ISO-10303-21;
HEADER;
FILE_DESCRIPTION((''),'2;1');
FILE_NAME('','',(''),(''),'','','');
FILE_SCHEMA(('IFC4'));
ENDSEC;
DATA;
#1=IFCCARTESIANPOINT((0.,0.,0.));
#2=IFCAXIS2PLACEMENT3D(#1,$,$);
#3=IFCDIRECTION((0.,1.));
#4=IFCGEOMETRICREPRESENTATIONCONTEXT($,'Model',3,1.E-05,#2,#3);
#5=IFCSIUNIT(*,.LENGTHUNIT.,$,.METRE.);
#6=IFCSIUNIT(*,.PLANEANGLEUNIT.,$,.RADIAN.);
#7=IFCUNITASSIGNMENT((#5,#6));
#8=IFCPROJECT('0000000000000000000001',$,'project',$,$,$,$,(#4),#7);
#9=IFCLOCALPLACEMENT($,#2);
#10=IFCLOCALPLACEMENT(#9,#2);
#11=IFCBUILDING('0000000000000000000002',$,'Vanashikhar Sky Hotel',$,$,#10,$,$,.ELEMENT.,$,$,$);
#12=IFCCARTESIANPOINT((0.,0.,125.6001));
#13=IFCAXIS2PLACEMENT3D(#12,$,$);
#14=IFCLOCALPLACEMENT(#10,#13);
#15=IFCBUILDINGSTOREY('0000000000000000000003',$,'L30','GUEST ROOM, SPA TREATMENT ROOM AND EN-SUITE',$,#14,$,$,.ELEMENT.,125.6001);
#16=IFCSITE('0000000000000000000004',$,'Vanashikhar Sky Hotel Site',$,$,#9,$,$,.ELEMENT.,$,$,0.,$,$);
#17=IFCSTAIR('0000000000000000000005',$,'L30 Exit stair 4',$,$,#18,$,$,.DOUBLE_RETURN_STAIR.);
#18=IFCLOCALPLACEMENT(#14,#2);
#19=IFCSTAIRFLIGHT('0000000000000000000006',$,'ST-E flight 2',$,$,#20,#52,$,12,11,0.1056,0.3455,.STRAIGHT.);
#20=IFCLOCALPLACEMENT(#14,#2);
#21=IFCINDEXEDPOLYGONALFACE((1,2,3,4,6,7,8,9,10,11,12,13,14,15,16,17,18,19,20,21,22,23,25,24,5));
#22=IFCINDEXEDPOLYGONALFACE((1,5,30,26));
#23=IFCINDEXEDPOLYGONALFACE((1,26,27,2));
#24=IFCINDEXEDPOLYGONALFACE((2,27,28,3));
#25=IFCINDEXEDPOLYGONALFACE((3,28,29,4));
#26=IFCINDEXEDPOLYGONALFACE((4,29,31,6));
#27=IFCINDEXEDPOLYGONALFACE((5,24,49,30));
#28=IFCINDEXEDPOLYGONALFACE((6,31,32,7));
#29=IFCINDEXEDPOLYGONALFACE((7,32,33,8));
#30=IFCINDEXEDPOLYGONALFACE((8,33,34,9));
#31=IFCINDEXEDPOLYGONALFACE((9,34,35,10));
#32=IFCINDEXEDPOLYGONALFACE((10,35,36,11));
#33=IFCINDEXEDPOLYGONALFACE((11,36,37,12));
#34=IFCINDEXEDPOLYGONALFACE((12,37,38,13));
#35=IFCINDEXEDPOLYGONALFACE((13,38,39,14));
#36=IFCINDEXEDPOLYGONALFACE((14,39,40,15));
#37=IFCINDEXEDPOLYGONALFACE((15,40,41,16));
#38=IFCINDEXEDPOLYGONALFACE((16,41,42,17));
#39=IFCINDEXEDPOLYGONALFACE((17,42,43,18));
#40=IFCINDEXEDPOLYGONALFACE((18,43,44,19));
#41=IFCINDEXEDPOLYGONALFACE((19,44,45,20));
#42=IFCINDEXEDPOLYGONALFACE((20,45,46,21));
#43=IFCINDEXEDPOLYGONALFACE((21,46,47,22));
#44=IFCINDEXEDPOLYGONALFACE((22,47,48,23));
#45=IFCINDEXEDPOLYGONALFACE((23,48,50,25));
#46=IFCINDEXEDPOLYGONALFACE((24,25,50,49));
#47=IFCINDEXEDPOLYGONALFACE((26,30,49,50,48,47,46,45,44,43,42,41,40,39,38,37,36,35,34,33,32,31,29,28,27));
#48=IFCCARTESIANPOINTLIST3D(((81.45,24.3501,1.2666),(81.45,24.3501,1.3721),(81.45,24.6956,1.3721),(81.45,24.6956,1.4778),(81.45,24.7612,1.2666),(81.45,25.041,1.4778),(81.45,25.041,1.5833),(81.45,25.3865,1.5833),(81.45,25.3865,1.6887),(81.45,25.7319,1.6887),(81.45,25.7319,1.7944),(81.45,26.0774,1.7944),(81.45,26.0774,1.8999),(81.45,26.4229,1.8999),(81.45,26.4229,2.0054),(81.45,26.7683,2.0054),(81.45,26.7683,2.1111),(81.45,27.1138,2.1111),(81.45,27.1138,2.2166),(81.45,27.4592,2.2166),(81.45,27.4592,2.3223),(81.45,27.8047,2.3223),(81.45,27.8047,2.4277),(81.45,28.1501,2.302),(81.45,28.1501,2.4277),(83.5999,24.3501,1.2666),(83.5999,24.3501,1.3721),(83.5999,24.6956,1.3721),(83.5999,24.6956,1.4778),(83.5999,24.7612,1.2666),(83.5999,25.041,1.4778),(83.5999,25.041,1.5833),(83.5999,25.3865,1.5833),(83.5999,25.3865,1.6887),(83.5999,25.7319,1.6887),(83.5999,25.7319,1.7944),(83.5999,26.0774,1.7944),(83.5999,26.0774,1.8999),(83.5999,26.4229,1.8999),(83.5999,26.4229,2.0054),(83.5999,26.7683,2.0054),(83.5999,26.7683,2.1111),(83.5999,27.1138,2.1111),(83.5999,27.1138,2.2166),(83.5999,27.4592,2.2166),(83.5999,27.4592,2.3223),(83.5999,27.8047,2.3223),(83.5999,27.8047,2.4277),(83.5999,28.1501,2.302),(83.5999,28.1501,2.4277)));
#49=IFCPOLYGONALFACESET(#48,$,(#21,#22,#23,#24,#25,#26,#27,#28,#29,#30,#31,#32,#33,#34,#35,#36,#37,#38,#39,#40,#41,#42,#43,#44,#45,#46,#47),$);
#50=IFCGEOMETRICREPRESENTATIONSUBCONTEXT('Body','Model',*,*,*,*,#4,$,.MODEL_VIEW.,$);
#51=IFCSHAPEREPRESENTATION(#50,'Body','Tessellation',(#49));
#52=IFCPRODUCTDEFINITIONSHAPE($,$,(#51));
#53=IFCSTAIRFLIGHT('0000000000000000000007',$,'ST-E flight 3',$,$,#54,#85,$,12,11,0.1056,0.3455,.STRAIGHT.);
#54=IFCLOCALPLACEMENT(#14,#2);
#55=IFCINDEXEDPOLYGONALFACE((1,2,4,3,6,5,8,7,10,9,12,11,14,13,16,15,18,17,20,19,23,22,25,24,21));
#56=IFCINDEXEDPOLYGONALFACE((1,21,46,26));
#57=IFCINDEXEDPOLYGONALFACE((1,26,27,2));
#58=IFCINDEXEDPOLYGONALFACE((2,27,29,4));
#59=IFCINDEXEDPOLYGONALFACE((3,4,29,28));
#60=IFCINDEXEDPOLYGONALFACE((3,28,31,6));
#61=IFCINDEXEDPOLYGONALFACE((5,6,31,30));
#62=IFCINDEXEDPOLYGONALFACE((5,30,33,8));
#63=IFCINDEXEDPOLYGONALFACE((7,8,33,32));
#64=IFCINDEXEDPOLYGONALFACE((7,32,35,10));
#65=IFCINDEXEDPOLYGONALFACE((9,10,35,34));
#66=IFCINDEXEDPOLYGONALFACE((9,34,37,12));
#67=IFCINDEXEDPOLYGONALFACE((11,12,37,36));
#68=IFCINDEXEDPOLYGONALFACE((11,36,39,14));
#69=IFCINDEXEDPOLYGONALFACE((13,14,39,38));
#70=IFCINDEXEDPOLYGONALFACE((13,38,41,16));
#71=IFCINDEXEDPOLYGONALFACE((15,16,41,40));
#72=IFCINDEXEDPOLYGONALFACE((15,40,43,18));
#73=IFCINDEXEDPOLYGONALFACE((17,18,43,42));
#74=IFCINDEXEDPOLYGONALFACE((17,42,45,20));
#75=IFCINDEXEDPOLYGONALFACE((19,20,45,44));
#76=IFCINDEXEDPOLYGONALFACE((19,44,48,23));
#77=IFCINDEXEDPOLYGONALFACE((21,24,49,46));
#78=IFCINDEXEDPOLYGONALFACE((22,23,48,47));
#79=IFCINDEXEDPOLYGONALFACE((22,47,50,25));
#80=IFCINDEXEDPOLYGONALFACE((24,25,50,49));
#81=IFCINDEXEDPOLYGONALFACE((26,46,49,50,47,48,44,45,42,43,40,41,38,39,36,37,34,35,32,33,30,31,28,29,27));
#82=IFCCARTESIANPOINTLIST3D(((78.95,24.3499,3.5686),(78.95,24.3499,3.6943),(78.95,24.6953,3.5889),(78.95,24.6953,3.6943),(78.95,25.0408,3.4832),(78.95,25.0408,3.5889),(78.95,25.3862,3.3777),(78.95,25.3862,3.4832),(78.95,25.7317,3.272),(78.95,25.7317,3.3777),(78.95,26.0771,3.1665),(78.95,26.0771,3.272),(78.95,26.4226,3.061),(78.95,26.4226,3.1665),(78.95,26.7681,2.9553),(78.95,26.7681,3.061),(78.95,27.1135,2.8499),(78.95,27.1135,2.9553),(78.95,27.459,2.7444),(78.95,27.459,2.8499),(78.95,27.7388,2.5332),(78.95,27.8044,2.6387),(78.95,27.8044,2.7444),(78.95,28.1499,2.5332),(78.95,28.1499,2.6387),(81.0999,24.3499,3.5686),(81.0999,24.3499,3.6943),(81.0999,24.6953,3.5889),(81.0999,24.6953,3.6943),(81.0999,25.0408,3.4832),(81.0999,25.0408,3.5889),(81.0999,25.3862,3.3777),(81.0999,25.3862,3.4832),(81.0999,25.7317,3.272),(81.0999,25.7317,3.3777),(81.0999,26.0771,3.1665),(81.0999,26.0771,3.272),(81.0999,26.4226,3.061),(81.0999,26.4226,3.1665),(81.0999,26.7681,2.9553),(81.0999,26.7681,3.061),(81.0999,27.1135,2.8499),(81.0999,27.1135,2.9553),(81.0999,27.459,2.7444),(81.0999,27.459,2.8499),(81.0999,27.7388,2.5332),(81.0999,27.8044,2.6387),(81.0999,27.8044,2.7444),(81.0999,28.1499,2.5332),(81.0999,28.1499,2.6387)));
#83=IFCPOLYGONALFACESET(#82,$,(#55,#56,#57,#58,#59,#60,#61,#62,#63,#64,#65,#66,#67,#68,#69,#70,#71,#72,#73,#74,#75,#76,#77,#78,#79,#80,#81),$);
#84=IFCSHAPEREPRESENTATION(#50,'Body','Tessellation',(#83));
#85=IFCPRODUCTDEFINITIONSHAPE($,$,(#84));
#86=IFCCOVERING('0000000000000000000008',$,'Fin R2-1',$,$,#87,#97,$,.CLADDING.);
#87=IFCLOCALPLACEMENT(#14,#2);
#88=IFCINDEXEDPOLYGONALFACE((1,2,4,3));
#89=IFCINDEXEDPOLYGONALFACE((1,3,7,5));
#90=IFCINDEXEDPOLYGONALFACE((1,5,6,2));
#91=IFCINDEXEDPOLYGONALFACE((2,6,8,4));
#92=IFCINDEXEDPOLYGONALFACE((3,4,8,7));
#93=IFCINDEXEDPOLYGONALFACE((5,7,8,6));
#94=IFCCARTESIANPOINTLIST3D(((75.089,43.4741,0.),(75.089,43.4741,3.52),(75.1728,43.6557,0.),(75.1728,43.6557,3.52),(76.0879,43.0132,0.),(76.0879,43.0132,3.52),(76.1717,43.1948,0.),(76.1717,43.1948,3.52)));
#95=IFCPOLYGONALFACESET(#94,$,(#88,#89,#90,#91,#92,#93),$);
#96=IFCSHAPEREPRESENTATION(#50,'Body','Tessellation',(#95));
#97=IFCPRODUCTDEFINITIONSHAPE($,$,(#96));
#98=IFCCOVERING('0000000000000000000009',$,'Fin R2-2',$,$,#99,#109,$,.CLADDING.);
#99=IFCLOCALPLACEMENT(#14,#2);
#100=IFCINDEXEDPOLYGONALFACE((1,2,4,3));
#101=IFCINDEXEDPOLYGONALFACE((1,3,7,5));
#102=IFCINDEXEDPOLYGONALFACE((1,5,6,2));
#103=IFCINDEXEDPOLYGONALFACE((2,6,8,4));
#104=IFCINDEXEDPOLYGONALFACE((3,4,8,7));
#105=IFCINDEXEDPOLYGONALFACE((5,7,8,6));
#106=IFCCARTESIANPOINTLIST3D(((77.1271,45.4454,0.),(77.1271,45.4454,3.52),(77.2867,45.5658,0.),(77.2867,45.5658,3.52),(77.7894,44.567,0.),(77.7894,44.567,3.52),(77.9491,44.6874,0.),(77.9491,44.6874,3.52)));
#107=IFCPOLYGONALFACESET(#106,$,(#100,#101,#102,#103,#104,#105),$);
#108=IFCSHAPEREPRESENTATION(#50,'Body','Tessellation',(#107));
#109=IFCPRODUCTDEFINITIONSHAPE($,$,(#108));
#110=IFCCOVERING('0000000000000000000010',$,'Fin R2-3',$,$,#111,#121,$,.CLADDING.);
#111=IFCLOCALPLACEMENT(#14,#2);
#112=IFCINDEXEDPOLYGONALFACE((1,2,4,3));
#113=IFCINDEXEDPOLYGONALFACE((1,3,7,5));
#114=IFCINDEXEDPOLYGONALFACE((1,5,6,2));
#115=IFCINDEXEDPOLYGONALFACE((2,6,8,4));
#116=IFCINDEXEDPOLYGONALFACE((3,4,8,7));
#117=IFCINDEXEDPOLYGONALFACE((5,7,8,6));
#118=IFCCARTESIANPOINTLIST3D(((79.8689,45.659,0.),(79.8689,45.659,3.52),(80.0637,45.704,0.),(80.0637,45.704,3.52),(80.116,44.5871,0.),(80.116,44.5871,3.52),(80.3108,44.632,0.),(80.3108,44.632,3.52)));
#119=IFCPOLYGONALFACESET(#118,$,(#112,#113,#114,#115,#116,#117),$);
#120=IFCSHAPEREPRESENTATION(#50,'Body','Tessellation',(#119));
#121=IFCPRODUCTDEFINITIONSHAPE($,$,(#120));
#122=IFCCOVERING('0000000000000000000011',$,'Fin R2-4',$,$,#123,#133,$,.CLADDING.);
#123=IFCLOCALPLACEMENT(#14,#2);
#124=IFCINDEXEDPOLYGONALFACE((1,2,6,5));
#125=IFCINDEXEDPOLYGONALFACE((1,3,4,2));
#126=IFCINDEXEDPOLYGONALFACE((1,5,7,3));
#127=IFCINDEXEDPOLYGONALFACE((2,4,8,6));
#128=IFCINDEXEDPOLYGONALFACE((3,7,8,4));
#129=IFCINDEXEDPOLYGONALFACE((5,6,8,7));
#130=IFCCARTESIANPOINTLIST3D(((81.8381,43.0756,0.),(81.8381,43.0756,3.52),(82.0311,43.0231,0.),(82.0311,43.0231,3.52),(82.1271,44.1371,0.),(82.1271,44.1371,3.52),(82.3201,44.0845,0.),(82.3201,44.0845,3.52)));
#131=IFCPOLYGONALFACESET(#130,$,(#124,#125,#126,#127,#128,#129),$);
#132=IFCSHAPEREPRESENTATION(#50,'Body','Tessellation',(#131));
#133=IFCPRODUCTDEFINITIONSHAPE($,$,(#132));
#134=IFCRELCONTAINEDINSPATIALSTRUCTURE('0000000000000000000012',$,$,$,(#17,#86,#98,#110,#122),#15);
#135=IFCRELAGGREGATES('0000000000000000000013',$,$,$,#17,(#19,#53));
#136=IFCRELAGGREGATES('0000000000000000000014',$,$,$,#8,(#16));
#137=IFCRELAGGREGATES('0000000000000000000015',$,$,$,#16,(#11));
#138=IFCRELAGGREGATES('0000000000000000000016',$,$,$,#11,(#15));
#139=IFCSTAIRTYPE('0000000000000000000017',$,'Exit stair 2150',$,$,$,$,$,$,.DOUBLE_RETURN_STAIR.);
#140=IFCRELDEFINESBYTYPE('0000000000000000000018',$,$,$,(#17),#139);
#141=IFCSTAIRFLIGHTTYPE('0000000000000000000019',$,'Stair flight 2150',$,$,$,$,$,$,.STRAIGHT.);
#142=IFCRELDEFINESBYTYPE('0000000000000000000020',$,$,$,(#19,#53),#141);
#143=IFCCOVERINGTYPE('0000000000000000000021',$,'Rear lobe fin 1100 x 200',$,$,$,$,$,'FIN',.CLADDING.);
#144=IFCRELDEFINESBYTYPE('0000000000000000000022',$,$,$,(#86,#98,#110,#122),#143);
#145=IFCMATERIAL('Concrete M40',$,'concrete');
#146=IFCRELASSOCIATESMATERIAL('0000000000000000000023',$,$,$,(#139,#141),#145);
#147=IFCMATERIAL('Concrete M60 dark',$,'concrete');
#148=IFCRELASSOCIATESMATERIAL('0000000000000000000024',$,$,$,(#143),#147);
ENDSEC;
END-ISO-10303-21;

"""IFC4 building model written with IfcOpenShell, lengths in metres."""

from ifc_helpers import new_model, si_unit, direction, frame, origin, origin_2d, place, context, subcontext, project, spatial, polyline, rectangle, outline, extrude, source, transform, mapped, material, material_profile, profile_set, type_object, element, aggregate, save


model = new_model("IFC4")

# Units and contexts
model_context = context("Model", 3, precision=1e-05, world=origin(), true_north=direction((0.0, 1.0)))
body_context = subcontext(model_context, "Body", "Model", "MODEL_VIEW")
ifc_project = project(units=[si_unit("LENGTHUNIT", "METRE"), si_unit("PLANEANGLEUNIT", "RADIAN")], contexts=[model_context])

# Site, building, storey
site_placement = place(None, origin())
site = spatial("IfcSite", under=ifc_project, at=site_placement, Name="Vanashikhar Sky Hotel Site", CompositionType="ELEMENT", RefElevation=0.0)
building_placement = place(site_placement, origin())
building = spatial("IfcBuilding", under=site, at=building_placement, Name="Vanashikhar Sky Hotel", CompositionType="ELEMENT")
storey_placement = place(building_placement, frame((0.0, 0.0, 125.6001)))
storey = spatial("IfcBuildingStorey", under=building, at=storey_placement, Name="L30", Description="GUEST ROOM, SPA TREATMENT ROOM AND EN-SUITE", CompositionType="ELEMENT", Elevation=125.6001)

# Shared definitions
ifc_material_1 = material(Name="Concrete M40", Category="concrete")

# Stair, stair flights
stair_type = type_object("IfcStairType", Name="Exit stair 2150", PredefinedType="DOUBLE_RETURN_STAIR", material=ifc_material_1)
stair_placement = place(storey_placement, origin())
stair = element("IfcStair", 1, at=stair_placement, inside=storey, type_object=stair_type, Name="L30 Exit stair 4", PredefinedType="DOUBLE_RETURN_STAIR")
stair_flight_type = type_object("IfcStairFlightType", Name="Stair flight 2150", PredefinedType="STRAIGHT", material=ifc_material_1)
shared_shape_1 = source(origin(), body_context, "Body", "SweptSolid", [
    extrude(outline(polyline([(0.0, 0.0), (0.0, 0.1055), (0.3455, 0.1055), (0.3455, 0.2112), (0.6909, 0.2112), (0.6909, 0.3167), (1.0364, 0.3167), (1.0364, 0.4221), (1.3818, 0.4221), (1.3818, 0.5278), (1.7273, 0.5278), (1.7273, 0.6333), (2.0728, 0.6333), (2.0728, 0.7388), (2.4182, 0.7388), (2.4182, 0.8445), (2.7637, 0.8445), (2.7637, 0.95), (3.1091, 0.95), (3.1091, 1.0557), (3.4546, 1.0557), (3.4546, 1.1611), (3.8, 1.1611), (3.8, 1.2666), (3.8, 1.0354), (0.4111, 0.0), (0.0, 0.0)])), frame((0.0, 1.075, 0.0), z_axis=(0.0, -1.0, 0.0), x_axis=(1.0, 0.0, 0.0)), (0.0, 0.0, 1.0), 2.1499),
])
stair_flight_1_placement = place(storey_placement, frame((82.5249, 24.3501, 1.2666), z_axis=(0.0, 0.0, 1.0), x_axis=(0.0, 1.0, 0.0)))
stair_flight_1 = element("IfcStairFlight", 2, at=stair_flight_1_placement, type_object=stair_flight_type, Name="ST-E flight 2", NumberOfRisers=12, NumberOfTreads=11, PredefinedType="STRAIGHT", RiserHeight=0.1056, TreadLength=0.3455, context=body_context, shape_type="MappedRepresentation", body=[
    mapped(shared_shape_1, transform((0.0, 0.0, 0.0), scale=1.0)),
])
stair_flight_2_placement = place(storey_placement, frame((80.0249, 28.1499, 2.5332), z_axis=(0.0, 0.0, 1.0), x_axis=(0.0, -1.0, 0.0)))
stair_flight_2 = element("IfcStairFlight", 3, at=stair_flight_2_placement, type_object=stair_flight_type, Name="ST-E flight 3", NumberOfRisers=12, NumberOfTreads=11, PredefinedType="STRAIGHT", RiserHeight=0.1056, TreadLength=0.3455, context=body_context, shape_type="MappedRepresentation", body=[
    mapped(shared_shape_1, transform((0.0, 0.0, 0.0), scale=1.0)),
])
aggregate(stair, [stair_flight_1, stair_flight_2])

# Coverings
ifc_material_2 = material(Name="Concrete M60 dark", Category="concrete")
ifc_material_profile_1 = material_profile(ifc_material_2, rectangle(XDim=1.1001, YDim=0.2, at=origin_2d()))
ifc_profile_set_1 = profile_set([ifc_material_profile_1], Name="Rear lobe fin 1100 x 200")
covering_type = type_object("IfcCoveringType", Name="Rear lobe fin 1100 x 200", ElementType="FIN", PredefinedType="CLADDING", material=ifc_profile_set_1)
shared_shape_2 = source(origin(), body_context, "Body", "SweptSolid", [
    extrude(rectangle(XDim=1.1001, YDim=0.2, at=origin_2d()), origin(), (0.0, 0.0, 1.0), 3.52),
])
for number, where, z_axis, x_axis, name in (
    (4, (75.6304, 43.3345, 0.0), (0.0, 0.0, 1.0), (-0.908004, 0.418961, 0.0), "Fin R2-1"),
    (5, (77.5381, 45.0664, 0.0), (0.0, 0.0, 1.0), (-0.602066, 0.798446, 0.0), "Fin R2-2"),
    (6, (80.0898, 45.1455, 0.0), (0.0, 0.0, 1.0), (-0.224645, 0.974441, 0.0), "Fin R2-3"),
    (7, (82.0791, 43.5801, 0.0), (0.0, 0.0, 1.0), (0.262711, 0.964874, 0.0), "Fin R2-4"),
):
    element("IfcCovering", number, at=place(storey_placement, frame(where, z_axis=z_axis, x_axis=x_axis)), inside=storey, type_object=covering_type, Name=name, PredefinedType="CLADDING", context=body_context, shape_type="MappedRepresentation", body=[
        mapped(shared_shape_2, transform((0.0, 0.0, 0.0), scale=1.0)),
    ])

save(model, "model.ifc")
